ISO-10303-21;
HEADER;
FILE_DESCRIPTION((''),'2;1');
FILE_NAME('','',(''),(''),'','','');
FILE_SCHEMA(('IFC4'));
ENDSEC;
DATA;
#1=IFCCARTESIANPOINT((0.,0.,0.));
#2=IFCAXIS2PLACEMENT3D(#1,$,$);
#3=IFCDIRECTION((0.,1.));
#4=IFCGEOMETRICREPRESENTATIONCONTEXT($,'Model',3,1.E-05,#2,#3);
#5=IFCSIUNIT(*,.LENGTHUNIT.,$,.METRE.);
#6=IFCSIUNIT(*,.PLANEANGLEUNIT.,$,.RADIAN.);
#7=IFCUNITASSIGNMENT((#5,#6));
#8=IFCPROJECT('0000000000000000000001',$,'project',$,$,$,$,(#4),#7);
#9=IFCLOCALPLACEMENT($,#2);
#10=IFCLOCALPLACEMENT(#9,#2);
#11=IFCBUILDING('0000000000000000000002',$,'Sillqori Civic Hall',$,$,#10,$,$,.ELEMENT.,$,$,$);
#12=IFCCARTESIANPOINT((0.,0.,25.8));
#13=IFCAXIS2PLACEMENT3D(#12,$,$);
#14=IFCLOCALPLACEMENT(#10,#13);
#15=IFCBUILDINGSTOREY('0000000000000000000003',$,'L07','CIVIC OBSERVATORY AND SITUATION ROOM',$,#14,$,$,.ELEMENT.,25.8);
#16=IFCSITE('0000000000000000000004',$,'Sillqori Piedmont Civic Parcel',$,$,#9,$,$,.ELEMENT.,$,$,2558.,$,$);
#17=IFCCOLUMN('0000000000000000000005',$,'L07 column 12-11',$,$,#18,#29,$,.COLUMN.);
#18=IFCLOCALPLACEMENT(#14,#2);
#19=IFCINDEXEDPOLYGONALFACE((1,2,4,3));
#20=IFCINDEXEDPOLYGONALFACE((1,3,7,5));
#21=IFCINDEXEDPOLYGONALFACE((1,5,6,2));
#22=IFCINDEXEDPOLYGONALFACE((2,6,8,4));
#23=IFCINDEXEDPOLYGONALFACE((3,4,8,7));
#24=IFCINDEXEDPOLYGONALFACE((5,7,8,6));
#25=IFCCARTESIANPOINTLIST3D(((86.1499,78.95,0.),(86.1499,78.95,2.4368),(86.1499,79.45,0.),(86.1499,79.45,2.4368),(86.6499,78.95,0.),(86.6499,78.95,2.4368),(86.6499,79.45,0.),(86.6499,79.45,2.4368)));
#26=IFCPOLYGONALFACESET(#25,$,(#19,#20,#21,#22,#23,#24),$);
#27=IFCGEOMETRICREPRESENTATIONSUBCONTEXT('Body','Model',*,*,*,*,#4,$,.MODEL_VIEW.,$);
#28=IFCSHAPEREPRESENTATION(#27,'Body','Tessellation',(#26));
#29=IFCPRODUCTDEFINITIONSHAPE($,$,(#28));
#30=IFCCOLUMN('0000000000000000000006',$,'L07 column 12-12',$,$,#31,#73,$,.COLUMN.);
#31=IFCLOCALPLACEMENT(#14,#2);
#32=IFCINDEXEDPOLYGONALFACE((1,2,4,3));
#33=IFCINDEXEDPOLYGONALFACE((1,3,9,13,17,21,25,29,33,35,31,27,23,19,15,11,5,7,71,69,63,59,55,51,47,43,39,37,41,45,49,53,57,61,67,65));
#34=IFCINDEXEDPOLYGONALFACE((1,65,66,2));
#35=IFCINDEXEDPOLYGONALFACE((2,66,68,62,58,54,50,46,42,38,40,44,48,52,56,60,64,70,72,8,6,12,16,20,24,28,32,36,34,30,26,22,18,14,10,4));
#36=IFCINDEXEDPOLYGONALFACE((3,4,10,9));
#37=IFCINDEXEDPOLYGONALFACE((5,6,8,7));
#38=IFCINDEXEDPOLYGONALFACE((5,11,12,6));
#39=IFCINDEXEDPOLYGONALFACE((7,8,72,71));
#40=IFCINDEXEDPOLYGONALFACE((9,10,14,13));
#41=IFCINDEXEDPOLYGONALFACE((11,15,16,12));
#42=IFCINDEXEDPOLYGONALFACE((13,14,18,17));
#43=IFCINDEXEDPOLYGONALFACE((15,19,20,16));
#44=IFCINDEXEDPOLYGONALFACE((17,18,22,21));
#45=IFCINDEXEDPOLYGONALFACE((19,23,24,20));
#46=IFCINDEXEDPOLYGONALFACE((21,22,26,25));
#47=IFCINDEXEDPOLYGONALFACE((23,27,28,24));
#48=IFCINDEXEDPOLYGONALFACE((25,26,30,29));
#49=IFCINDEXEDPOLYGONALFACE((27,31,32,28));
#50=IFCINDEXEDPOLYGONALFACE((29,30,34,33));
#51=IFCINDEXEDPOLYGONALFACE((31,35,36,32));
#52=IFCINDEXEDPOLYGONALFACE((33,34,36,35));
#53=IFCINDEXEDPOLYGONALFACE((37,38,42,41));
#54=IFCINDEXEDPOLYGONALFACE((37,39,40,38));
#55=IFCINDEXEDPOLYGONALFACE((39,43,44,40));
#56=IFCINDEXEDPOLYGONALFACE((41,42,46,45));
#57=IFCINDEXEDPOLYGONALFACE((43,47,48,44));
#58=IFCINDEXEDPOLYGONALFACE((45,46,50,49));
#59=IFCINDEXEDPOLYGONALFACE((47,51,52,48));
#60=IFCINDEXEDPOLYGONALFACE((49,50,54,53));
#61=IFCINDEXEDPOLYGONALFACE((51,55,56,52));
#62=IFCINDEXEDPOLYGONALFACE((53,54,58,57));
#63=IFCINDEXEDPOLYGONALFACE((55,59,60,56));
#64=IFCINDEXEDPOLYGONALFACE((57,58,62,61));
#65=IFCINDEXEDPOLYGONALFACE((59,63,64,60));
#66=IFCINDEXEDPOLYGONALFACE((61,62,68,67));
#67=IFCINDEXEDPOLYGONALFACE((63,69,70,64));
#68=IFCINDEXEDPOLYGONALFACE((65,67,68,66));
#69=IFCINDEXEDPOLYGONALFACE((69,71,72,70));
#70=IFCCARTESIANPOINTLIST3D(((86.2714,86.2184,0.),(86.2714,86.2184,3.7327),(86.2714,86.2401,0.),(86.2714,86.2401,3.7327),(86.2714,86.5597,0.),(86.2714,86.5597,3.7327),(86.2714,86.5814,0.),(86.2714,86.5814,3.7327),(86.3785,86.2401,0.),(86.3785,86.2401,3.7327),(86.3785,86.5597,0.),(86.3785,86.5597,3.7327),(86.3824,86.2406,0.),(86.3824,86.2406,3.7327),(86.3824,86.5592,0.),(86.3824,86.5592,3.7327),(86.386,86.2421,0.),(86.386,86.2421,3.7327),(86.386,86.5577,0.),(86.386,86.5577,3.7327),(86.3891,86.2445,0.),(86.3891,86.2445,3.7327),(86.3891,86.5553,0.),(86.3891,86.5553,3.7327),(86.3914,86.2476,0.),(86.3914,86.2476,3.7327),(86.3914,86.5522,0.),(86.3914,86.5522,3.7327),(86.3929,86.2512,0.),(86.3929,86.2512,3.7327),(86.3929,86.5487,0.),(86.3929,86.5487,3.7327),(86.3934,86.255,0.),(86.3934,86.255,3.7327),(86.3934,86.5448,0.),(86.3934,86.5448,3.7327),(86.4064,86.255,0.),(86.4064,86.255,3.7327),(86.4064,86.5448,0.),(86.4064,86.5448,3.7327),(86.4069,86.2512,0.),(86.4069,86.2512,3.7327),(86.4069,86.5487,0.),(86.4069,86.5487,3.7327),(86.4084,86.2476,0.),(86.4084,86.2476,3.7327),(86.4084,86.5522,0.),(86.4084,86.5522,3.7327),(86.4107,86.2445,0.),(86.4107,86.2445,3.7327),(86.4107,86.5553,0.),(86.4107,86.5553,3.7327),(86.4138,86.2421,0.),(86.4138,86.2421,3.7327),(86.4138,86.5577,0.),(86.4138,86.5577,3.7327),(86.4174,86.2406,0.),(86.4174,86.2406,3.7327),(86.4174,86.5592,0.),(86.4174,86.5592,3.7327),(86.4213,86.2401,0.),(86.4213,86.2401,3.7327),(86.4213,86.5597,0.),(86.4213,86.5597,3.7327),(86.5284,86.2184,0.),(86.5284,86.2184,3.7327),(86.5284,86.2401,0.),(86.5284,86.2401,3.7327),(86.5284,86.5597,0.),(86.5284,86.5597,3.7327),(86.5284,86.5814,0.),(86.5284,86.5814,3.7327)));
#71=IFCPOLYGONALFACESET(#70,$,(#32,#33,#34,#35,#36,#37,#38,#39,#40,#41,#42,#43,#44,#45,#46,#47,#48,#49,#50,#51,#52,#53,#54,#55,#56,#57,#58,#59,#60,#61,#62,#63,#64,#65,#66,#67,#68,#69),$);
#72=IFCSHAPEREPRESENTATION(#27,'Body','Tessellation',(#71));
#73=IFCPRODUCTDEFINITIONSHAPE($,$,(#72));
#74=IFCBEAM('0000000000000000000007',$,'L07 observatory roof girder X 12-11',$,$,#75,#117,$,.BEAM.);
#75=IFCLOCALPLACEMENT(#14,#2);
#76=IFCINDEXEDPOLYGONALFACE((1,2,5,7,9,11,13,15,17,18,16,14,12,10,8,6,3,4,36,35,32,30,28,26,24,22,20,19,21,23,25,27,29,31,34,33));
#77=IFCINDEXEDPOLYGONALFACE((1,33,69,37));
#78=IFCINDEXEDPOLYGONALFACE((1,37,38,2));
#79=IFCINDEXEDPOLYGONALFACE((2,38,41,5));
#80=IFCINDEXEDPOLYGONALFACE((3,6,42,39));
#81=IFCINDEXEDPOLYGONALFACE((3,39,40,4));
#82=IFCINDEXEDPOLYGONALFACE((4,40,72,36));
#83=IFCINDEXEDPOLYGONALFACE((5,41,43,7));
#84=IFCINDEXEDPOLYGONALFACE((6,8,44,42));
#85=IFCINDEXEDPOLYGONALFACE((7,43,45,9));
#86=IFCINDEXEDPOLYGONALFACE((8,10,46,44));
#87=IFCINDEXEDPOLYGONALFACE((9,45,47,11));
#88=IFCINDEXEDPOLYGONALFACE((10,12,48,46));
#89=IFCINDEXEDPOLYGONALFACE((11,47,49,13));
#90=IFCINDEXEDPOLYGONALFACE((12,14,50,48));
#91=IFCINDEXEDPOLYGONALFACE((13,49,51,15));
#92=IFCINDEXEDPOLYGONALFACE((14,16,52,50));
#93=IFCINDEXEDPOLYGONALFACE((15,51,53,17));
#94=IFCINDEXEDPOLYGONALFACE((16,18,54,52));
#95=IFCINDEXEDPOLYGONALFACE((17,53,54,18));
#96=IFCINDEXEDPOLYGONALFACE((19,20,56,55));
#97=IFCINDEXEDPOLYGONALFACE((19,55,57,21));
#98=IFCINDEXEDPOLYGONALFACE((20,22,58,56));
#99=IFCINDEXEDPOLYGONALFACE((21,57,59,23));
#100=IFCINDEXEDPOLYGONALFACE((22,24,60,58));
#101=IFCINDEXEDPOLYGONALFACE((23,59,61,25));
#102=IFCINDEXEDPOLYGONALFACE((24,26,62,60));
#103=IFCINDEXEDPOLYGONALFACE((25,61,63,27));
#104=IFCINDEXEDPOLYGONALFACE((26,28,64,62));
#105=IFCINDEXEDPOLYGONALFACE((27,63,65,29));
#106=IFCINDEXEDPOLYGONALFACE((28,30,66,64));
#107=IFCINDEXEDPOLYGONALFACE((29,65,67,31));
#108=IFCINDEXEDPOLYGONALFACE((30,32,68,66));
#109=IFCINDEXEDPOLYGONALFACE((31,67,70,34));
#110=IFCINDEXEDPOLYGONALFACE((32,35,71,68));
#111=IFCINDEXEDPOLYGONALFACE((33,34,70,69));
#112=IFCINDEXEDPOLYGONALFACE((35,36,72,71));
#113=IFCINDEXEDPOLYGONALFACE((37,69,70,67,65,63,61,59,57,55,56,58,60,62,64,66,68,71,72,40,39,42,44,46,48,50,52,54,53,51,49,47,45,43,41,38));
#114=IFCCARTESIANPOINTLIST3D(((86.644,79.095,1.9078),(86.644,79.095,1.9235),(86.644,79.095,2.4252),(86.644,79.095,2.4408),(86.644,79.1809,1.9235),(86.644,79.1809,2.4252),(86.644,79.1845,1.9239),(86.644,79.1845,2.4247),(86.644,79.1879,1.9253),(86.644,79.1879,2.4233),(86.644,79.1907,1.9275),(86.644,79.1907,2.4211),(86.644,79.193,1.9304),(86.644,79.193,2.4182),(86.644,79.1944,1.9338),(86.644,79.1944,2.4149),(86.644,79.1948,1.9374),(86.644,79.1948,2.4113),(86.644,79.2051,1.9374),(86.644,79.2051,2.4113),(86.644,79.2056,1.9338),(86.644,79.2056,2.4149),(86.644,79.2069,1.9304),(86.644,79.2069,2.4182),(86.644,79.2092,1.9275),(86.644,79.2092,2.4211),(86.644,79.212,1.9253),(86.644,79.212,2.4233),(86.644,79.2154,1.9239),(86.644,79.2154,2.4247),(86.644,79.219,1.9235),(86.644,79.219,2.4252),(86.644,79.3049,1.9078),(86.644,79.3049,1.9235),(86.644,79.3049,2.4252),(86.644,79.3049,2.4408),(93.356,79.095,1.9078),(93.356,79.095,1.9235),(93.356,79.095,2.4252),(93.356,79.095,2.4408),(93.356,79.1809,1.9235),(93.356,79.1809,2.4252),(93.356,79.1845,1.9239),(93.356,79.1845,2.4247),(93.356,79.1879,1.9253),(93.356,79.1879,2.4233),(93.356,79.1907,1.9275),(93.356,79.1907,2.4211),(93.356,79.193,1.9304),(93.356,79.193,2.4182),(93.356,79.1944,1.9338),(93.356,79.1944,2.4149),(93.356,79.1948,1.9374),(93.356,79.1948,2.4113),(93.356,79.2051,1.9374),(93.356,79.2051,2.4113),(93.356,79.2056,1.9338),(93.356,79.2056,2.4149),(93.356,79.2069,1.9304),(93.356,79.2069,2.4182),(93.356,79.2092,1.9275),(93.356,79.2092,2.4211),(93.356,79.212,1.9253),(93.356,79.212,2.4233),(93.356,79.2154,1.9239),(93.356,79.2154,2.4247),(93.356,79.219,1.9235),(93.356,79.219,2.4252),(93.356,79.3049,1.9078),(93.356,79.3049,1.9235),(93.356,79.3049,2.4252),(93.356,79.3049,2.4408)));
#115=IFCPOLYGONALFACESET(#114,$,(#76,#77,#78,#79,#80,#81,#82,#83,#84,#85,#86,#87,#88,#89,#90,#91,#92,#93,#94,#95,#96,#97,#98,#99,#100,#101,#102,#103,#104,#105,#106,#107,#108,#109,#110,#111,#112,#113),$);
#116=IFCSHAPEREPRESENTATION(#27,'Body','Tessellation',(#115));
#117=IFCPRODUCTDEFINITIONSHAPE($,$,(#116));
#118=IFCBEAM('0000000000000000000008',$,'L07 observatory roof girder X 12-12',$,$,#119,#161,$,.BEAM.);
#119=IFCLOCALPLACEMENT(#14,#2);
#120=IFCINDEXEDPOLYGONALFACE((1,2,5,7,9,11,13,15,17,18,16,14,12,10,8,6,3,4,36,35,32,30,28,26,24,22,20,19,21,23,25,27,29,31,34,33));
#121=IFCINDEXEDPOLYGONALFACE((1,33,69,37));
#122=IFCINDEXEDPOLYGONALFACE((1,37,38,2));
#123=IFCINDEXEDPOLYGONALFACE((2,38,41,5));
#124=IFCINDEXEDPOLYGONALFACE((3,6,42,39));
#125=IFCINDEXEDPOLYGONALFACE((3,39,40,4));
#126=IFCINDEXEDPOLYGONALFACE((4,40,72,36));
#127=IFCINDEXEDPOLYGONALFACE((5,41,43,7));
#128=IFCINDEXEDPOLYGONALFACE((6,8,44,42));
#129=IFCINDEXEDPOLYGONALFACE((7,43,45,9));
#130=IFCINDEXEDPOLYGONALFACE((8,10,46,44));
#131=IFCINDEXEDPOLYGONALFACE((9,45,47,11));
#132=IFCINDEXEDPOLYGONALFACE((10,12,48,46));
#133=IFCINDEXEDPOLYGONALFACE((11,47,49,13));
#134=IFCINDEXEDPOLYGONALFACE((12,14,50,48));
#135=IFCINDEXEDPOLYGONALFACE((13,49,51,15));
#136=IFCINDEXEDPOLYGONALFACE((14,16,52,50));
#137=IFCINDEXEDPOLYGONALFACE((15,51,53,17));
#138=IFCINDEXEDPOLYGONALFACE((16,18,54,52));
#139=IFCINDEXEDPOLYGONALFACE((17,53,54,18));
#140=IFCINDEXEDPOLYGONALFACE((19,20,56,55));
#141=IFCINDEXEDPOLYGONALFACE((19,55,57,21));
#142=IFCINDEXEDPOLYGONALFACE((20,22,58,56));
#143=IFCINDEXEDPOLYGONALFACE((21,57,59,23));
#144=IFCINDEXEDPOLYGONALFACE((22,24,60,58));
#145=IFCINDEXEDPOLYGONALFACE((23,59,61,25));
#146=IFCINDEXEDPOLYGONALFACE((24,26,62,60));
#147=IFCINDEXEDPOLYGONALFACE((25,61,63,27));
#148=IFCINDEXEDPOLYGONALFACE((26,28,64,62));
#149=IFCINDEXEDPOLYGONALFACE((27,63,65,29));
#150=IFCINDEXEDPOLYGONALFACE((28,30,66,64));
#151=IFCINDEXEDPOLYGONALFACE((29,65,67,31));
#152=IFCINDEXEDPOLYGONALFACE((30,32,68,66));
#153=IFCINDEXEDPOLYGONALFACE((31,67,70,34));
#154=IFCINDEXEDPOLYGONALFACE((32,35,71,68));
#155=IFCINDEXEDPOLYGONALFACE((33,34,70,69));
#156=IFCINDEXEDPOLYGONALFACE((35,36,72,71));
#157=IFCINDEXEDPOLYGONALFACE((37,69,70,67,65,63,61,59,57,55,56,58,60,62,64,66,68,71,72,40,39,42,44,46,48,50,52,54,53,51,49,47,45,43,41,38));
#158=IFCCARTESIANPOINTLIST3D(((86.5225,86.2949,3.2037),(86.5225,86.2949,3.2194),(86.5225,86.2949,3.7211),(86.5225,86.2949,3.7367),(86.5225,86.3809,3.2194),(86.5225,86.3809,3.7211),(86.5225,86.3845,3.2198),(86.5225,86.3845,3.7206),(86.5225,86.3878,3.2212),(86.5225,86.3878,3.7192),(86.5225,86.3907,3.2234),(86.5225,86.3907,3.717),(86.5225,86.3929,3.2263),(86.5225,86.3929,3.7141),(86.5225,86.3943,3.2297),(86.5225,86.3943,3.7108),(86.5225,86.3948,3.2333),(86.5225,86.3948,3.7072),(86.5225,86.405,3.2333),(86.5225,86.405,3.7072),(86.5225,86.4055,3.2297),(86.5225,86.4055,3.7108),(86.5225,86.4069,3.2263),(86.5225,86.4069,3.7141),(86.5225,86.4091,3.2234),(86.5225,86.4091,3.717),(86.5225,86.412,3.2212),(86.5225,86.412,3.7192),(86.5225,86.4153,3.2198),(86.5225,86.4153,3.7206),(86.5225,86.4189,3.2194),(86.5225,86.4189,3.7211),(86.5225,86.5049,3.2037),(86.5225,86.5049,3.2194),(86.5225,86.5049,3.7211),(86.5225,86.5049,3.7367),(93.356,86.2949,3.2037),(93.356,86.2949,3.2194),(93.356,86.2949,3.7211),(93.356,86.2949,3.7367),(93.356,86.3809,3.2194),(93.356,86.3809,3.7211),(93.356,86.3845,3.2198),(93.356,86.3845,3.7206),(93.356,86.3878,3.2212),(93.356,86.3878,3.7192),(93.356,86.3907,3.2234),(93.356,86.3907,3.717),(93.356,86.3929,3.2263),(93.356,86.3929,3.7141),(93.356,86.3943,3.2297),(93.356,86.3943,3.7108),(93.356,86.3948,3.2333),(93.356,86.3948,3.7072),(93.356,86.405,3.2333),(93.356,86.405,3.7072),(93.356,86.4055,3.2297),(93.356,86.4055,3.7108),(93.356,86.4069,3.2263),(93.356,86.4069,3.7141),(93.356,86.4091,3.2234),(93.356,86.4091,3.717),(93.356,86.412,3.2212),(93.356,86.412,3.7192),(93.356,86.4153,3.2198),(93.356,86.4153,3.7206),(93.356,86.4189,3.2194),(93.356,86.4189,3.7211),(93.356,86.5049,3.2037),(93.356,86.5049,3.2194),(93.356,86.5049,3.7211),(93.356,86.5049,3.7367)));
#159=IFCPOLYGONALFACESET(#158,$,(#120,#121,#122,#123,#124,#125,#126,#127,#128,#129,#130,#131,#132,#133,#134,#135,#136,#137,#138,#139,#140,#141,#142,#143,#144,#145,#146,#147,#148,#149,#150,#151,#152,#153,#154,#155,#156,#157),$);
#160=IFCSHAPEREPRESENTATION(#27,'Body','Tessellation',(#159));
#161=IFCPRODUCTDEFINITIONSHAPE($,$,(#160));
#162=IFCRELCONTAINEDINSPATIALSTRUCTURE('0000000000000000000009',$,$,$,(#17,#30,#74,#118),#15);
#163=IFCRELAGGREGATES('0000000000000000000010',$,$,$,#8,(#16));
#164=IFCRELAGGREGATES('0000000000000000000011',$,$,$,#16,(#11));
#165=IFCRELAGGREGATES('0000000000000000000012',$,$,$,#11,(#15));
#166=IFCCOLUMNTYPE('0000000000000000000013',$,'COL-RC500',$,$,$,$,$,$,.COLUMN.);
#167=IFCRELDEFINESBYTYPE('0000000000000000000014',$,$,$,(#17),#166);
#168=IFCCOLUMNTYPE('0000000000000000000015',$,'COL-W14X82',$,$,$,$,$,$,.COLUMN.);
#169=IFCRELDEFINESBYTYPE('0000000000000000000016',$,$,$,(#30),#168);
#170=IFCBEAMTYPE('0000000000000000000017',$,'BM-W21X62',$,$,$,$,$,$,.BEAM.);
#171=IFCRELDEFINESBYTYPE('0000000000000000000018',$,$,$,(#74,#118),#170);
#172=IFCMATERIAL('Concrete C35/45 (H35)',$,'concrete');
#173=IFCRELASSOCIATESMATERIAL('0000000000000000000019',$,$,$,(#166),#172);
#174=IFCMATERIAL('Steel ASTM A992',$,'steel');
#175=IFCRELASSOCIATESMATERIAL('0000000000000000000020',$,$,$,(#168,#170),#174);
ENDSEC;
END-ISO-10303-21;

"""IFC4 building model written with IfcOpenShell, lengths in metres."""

from ifc_helpers import new_model, si_unit, direction, frame, origin, origin_2d, place, context, subcontext, project, spatial, rectangle, i_section, extrude, material, material_profile, profile_set, type_object, element, save


model = new_model("IFC4")

# Units and contexts
model_context = context("Model", 3, precision=1e-05, world=origin(), true_north=direction((0.0, 1.0)))
body_context = subcontext(model_context, "Body", "Model", "MODEL_VIEW")
ifc_project = project(units=[si_unit("LENGTHUNIT", "METRE"), si_unit("PLANEANGLEUNIT", "RADIAN")], contexts=[model_context])

# Site, building, storey
site_placement = place(None, origin())
site = spatial("IfcSite", under=ifc_project, at=site_placement, Name="Sillqori Piedmont Civic Parcel", CompositionType="ELEMENT", RefElevation=2558.0)
building_placement = place(site_placement, origin())
building = spatial("IfcBuilding", under=site, at=building_placement, Name="Sillqori Civic Hall", CompositionType="ELEMENT")
storey_placement = place(building_placement, frame((0.0, 0.0, 25.8)))
storey = spatial("IfcBuildingStorey", under=building, at=storey_placement, Name="L07", Description="CIVIC OBSERVATORY AND SITUATION ROOM", CompositionType="ELEMENT", Elevation=25.8)

# Columns
ifc_material_1 = material(Name="Concrete C35/45 (H35)", Category="concrete")
ifc_material_profile_1 = material_profile(ifc_material_1, rectangle(XDim=0.5, YDim=0.5, at=origin_2d()), Name="RC 500x500")
ifc_profile_set_1 = profile_set([ifc_material_profile_1], Name="Concrete C35/45 (H35)")
column_type_1 = type_object("IfcColumnType", Name="COL-RC500", PredefinedType="COLUMN", material=ifc_profile_set_1)
column_1_placement = place(storey_placement, frame((86.3999, 79.2, 0.0), z_axis=(0.0, 0.0, 1.0), x_axis=(1.0, 0.0, 0.0)))
element("IfcColumn", 1, at=column_1_placement, inside=storey, type_object=column_type_1, Name="L07 column 12-11", PredefinedType="COLUMN", context=body_context, shape_type="SweptSolid", body=[
    extrude(rectangle(XDim=0.5, YDim=0.5, at=origin_2d()), origin(), (0.0, 0.0, 1.0), 2.4368),
])
ifc_material_2 = material(Name="Steel ASTM A992", Category="steel")
ifc_material_profile_2 = material_profile(ifc_material_2, i_section(OverallWidth=0.2571, OverallDepth=0.363, WebThickness=0.0129, FlangeThickness=0.0217, FilletRadius=0.0149, at=origin_2d()), Name="W14X82")
ifc_profile_set_2 = profile_set([ifc_material_profile_2], Name="Steel ASTM A992")
column_type_2 = type_object("IfcColumnType", Name="COL-W14X82", PredefinedType="COLUMN", material=ifc_profile_set_2)
column_2_placement = place(storey_placement, frame((86.3999, 86.3999, 0.0), z_axis=(0.0, 0.0, 1.0), x_axis=(1.0, 0.0, 0.0)))
element("IfcColumn", 2, at=column_2_placement, inside=storey, type_object=column_type_2, Name="L07 column 12-12", PredefinedType="COLUMN", context=body_context, shape_type="SweptSolid", body=[
    extrude(i_section(OverallWidth=0.2571, OverallDepth=0.363, WebThickness=0.0129, FlangeThickness=0.0217, FilletRadius=0.0149, at=origin_2d()), origin(), (0.0, 0.0, 1.0), 3.7327),
])

# Beams
ifc_material_profile_3 = material_profile(ifc_material_2, i_section(OverallWidth=0.21, OverallDepth=0.533, WebThickness=0.0103, FlangeThickness=0.0156, FilletRadius=0.0139, at=origin_2d()), Name="W21X62")
ifc_profile_set_3 = profile_set([ifc_material_profile_3], Name="Steel ASTM A992")
beam_type = type_object("IfcBeamType", Name="BM-W21X62", PredefinedType="BEAM", material=ifc_profile_set_3)
beam_1_placement = place(storey_placement, frame((86.644, 79.2, 2.1743), z_axis=(1.0, 0.0, 0.0), x_axis=(0.0, 1.0, 0.0)))
element("IfcBeam", 3, at=beam_1_placement, inside=storey, type_object=beam_type, Name="L07 observatory roof girder X 12-11", PredefinedType="BEAM", context=body_context, shape_type="SweptSolid", body=[
    extrude(i_section(OverallWidth=0.21, OverallDepth=0.533, WebThickness=0.0103, FlangeThickness=0.0156, FilletRadius=0.0139, at=origin_2d()), origin(), (0.0, 0.0, 1.0), 6.7119),
])
beam_2_placement = place(storey_placement, frame((86.5225, 86.3999, 3.4702), z_axis=(1.0, 0.0, 0.0), x_axis=(0.0, 1.0, 0.0)))
element("IfcBeam", 4, at=beam_2_placement, inside=storey, type_object=beam_type, Name="L07 observatory roof girder X 12-12", PredefinedType="BEAM", context=body_context, shape_type="SweptSolid", body=[
    extrude(i_section(OverallWidth=0.21, OverallDepth=0.533, WebThickness=0.0103, FlangeThickness=0.0156, FilletRadius=0.0139, at=origin_2d()), origin(), (0.0, 0.0, 1.0), 6.8335),
])

save(model, "model.ifc")
